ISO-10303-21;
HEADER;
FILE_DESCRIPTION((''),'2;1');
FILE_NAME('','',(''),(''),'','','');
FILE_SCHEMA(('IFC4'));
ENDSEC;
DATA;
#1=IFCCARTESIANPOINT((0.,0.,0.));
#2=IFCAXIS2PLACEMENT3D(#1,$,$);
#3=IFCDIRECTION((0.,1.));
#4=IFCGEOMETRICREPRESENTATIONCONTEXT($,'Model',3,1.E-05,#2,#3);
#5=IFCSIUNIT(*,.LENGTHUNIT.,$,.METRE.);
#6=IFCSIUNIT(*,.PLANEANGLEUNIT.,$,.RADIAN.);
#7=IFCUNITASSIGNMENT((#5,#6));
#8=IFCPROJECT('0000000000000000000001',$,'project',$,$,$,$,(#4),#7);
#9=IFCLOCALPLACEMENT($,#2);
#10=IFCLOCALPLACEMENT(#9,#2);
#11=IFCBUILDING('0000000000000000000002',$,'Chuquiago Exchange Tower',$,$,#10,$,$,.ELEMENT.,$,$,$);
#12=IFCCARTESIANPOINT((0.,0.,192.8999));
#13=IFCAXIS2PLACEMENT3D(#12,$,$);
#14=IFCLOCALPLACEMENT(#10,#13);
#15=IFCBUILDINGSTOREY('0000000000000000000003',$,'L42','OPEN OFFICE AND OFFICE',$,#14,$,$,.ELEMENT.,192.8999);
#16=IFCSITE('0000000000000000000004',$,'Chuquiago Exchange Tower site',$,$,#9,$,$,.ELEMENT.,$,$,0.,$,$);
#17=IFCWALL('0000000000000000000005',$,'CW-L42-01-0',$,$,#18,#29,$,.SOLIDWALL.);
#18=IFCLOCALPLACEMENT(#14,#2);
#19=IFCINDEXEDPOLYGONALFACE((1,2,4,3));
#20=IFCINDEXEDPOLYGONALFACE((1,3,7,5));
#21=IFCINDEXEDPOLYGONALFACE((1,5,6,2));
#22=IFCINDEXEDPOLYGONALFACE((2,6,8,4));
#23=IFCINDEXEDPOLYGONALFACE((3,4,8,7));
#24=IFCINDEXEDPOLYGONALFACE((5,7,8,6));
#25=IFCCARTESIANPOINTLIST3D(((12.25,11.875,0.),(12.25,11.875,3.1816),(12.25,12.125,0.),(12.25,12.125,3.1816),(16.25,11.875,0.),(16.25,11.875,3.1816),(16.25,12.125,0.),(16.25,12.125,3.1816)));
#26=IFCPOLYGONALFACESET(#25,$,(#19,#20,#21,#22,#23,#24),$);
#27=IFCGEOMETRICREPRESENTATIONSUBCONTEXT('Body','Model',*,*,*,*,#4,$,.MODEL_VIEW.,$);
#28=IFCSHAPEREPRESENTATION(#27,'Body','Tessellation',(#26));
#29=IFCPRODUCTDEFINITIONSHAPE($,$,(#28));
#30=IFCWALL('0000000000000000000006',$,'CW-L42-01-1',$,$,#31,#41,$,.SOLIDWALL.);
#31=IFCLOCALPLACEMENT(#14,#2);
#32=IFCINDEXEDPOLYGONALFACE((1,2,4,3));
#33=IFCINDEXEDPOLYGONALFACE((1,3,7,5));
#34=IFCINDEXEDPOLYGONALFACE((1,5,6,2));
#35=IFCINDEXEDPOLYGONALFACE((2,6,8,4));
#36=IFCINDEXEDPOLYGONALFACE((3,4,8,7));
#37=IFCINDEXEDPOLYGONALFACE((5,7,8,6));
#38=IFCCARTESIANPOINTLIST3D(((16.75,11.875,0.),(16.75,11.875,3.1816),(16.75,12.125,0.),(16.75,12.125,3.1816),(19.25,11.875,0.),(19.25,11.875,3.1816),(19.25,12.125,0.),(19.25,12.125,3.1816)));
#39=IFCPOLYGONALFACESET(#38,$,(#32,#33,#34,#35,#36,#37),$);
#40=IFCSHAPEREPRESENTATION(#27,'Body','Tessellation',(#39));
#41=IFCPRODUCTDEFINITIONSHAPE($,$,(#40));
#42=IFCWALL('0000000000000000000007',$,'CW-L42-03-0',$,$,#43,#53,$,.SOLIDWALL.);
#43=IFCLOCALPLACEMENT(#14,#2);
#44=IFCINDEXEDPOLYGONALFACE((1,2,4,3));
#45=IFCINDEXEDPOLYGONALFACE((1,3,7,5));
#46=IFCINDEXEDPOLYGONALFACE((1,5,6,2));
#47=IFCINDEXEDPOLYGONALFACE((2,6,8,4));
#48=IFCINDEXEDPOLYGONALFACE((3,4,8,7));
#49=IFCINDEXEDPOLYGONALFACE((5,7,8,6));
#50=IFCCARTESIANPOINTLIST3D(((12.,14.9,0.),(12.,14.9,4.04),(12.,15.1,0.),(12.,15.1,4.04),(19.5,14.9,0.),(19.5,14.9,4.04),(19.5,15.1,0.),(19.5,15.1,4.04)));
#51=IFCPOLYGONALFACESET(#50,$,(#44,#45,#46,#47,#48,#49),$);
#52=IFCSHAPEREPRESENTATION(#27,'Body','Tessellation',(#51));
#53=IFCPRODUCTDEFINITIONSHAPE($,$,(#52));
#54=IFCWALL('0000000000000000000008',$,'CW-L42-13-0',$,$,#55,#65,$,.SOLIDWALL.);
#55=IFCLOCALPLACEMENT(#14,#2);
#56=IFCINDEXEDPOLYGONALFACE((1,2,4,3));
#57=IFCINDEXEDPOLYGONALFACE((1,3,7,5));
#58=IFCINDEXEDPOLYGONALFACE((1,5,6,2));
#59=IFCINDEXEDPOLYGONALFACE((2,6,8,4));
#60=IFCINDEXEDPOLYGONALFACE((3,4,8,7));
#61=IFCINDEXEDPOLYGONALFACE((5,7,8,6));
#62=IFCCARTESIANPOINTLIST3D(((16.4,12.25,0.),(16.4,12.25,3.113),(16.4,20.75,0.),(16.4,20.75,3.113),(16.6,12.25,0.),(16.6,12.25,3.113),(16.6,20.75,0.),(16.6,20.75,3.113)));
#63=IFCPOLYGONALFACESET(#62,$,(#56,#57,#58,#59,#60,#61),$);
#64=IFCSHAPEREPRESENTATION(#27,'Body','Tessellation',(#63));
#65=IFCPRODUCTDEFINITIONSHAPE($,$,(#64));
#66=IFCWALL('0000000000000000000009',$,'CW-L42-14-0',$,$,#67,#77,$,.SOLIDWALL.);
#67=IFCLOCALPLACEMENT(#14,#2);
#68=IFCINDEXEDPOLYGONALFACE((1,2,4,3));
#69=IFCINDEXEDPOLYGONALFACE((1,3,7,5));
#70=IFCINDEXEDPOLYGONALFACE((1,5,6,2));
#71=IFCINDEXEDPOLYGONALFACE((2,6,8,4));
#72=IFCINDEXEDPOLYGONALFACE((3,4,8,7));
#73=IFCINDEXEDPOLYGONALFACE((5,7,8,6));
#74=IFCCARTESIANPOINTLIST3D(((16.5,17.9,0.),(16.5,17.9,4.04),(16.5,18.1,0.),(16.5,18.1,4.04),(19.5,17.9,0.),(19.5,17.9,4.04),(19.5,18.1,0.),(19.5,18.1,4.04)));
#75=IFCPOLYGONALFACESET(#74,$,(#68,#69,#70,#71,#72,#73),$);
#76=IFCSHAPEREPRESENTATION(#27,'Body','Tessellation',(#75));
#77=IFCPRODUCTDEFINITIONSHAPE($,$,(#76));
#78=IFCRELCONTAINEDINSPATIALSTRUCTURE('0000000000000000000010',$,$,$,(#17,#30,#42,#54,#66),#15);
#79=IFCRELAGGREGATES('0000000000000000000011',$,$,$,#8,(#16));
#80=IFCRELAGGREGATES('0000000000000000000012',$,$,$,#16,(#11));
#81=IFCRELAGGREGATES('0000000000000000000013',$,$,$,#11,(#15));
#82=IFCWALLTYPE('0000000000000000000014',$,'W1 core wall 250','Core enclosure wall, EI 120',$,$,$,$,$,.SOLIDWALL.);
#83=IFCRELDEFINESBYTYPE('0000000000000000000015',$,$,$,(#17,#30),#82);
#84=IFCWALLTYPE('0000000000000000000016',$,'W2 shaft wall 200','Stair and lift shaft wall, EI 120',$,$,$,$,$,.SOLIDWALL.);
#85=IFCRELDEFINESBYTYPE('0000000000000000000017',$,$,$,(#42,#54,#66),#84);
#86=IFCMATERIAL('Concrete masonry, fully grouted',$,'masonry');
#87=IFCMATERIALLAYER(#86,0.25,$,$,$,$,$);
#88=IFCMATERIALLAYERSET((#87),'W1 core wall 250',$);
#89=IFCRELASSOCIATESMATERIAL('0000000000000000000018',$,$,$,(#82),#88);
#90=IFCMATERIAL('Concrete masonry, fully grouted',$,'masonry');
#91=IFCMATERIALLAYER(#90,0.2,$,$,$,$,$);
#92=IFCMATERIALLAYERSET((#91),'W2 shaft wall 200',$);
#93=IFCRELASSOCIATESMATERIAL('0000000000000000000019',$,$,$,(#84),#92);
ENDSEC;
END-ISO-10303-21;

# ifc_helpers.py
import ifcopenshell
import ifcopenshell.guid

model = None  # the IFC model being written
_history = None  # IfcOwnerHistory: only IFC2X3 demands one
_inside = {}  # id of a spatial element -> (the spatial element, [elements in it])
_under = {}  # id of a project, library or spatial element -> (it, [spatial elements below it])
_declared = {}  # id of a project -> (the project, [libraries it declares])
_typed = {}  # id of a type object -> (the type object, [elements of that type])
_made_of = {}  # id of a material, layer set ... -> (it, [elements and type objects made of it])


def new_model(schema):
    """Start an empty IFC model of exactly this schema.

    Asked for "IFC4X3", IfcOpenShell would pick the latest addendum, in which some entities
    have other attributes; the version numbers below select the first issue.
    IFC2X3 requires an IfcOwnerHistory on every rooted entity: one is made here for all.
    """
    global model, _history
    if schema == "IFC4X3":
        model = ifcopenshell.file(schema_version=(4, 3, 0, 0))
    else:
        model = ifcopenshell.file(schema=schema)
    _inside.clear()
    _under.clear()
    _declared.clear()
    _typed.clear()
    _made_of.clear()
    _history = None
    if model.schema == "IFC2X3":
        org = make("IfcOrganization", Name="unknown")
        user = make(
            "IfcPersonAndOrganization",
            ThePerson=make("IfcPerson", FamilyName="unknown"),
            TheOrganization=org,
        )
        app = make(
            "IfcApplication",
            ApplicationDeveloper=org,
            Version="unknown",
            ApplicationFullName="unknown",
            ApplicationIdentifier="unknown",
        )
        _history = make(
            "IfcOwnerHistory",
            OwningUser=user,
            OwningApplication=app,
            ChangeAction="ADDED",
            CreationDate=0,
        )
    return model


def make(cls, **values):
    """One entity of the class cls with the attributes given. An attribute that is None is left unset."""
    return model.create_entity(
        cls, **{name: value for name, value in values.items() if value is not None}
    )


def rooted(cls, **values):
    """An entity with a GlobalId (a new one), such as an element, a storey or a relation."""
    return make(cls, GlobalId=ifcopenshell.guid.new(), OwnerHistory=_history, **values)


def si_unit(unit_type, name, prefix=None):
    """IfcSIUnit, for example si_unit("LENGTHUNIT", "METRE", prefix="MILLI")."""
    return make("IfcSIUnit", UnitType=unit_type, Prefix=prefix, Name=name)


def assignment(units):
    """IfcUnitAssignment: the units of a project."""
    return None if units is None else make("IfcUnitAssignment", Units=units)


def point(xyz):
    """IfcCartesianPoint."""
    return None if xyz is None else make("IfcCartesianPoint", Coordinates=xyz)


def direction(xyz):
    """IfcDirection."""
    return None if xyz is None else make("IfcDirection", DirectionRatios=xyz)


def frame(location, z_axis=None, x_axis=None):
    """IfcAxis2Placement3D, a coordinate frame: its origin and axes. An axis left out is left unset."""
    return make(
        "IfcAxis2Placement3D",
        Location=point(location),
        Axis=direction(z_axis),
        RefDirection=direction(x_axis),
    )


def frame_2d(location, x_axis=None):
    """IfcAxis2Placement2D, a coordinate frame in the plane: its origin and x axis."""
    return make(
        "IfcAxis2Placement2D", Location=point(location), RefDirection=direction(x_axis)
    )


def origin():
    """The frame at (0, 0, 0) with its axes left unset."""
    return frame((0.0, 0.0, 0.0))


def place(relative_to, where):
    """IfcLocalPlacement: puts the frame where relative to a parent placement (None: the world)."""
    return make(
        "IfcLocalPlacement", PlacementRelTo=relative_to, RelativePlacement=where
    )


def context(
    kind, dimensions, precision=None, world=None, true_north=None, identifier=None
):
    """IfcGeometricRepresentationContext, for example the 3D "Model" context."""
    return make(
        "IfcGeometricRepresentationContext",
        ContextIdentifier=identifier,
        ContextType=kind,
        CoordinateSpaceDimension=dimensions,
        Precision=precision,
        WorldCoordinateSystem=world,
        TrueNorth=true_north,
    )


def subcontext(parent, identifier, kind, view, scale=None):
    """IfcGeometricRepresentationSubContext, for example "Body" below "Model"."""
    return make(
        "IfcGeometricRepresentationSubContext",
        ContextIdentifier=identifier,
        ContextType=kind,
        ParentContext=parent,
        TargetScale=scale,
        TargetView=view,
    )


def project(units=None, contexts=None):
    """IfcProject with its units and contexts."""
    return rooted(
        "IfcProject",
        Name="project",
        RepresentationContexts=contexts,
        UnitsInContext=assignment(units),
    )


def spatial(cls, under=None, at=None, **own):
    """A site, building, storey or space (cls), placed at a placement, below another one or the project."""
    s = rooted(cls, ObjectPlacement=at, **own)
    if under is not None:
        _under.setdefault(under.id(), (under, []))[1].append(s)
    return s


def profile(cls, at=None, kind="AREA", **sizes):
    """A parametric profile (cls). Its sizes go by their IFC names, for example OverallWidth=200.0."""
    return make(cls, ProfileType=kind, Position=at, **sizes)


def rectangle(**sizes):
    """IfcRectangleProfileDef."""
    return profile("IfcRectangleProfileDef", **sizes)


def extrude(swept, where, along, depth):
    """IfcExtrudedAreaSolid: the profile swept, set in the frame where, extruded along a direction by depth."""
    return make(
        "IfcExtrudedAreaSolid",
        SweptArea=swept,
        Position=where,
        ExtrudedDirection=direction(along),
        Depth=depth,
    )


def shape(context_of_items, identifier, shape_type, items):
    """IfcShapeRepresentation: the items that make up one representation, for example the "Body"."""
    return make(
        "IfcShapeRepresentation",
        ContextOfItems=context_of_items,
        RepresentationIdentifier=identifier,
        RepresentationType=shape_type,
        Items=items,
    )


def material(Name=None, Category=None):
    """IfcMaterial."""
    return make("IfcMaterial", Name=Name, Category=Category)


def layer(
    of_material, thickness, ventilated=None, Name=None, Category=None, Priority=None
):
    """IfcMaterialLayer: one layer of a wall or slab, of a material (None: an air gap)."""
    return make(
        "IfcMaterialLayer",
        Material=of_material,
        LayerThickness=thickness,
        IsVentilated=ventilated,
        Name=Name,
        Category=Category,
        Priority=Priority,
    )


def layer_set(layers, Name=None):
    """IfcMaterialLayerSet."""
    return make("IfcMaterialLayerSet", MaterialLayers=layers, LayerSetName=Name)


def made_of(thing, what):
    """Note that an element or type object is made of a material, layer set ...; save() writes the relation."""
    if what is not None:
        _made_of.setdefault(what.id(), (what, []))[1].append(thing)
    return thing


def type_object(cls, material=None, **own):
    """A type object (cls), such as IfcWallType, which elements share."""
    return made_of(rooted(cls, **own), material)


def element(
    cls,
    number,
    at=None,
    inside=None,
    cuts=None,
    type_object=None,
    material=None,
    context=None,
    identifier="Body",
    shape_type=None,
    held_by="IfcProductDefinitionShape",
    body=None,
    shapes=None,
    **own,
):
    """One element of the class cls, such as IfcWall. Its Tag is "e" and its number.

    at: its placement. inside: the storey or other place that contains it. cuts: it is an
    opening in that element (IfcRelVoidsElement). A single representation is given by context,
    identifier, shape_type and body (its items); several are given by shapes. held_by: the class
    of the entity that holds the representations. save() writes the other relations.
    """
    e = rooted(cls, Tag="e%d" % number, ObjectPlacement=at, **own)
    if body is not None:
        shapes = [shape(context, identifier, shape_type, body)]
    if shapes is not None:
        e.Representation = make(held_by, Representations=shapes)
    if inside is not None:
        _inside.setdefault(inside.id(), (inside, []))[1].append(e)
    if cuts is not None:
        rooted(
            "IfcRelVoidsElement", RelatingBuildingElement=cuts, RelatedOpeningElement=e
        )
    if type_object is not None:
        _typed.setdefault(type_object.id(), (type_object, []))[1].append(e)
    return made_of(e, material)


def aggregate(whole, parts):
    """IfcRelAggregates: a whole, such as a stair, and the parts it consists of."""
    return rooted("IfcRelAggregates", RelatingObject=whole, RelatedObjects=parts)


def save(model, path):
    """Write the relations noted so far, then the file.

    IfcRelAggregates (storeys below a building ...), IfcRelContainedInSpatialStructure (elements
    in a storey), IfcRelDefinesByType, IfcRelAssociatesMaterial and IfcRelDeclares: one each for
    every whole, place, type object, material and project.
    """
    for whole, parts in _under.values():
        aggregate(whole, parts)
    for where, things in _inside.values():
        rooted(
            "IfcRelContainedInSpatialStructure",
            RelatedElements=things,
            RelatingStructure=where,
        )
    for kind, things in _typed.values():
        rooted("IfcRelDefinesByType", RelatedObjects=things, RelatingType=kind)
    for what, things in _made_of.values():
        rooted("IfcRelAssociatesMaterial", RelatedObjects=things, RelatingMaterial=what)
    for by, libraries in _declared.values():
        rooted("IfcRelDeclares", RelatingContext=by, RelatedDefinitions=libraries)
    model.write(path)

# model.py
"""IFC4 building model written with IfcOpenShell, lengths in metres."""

from ifc_helpers import new_model, si_unit, direction, frame, frame_2d, origin, place, context, subcontext, project, spatial, rectangle, extrude, material, layer, layer_set, type_object, element, save


model = new_model("IFC4")

# Units and contexts
model_context = context("Model", 3, precision=1e-05, world=origin(), true_north=direction((0.0, 1.0)))
body_context = subcontext(model_context, "Body", "Model", "MODEL_VIEW")
ifc_project = project(units=[si_unit("LENGTHUNIT", "METRE"), si_unit("PLANEANGLEUNIT", "RADIAN")], contexts=[model_context])

# Site, building, storey
site_placement = place(None, origin())
site = spatial("IfcSite", under=ifc_project, at=site_placement, Name="Chuquiago Exchange Tower site", CompositionType="ELEMENT", RefElevation=0.0)
building_placement = place(site_placement, origin())
building = spatial("IfcBuilding", under=site, at=building_placement, Name="Chuquiago Exchange Tower", CompositionType="ELEMENT")
storey_placement = place(building_placement, frame((0.0, 0.0, 192.8999)))
storey = spatial("IfcBuildingStorey", under=building, at=storey_placement, Name="L42", Description="OPEN OFFICE AND OFFICE", CompositionType="ELEMENT", Elevation=192.8999)

# Shared definitions
ifc_material_1 = material(Name="Concrete masonry, fully grouted", Category="masonry")
ifc_layer_1 = layer(ifc_material_1, 0.25)
ifc_layer_set_1 = layer_set([ifc_layer_1], Name="W1 core wall 250")
wall_type_1 = type_object("IfcWallType", Name="W1 core wall 250", Description="Core enclosure wall, EI 120", PredefinedType="SOLIDWALL", material=ifc_layer_set_1)

# Walls
wall_1_placement = place(storey_placement, frame((12.25, 12.0, 0.0), z_axis=(0.0, 0.0, 1.0), x_axis=(1.0, 0.0, 0.0)))
element("IfcWall", 1, at=wall_1_placement, inside=storey, type_object=wall_type_1, Name="CW-L42-01-0", PredefinedType="SOLIDWALL", context=body_context, shape_type="SweptSolid", body=[
    extrude(rectangle(XDim=4.0, YDim=0.25, at=frame_2d((2.0, 0.0))), origin(), (0.0, 0.0, 1.0), 3.1816),
])
wall_2_placement = place(storey_placement, frame((16.75, 12.0, 0.0), z_axis=(0.0, 0.0, 1.0), x_axis=(1.0, 0.0, 0.0)))
element("IfcWall", 2, at=wall_2_placement, inside=storey, type_object=wall_type_1, Name="CW-L42-01-1", PredefinedType="SOLIDWALL", context=body_context, shape_type="SweptSolid", body=[
    extrude(rectangle(XDim=2.5, YDim=0.25, at=frame_2d((1.25, 0.0))), origin(), (0.0, 0.0, 1.0), 3.1816),
])
ifc_material_2 = material(Name="Concrete masonry, fully grouted", Category="masonry")
ifc_layer_2 = layer(ifc_material_2, 0.2)
ifc_layer_set_2 = layer_set([ifc_layer_2], Name="W2 shaft wall 200")
wall_type_2 = type_object("IfcWallType", Name="W2 shaft wall 200", Description="Stair and lift shaft wall, EI 120", PredefinedType="SOLIDWALL", material=ifc_layer_set_2)
wall_3_placement = place(storey_placement, frame((12.0, 15.0, 0.0), z_axis=(0.0, 0.0, 1.0), x_axis=(1.0, 0.0, 0.0)))
element("IfcWall", 3, at=wall_3_placement, inside=storey, type_object=wall_type_2, Name="CW-L42-03-0", PredefinedType="SOLIDWALL", context=body_context, shape_type="SweptSolid", body=[
    extrude(rectangle(XDim=7.5, YDim=0.2, at=frame_2d((3.75, 0.0))), origin(), (0.0, 0.0, 1.0), 4.04),
])
wall_4_placement = place(storey_placement, frame((16.5, 12.25, 0.0), z_axis=(0.0, 0.0, 1.0), x_axis=(0.0, 1.0, 0.0)))
element("IfcWall", 4, at=wall_4_placement, inside=storey, type_object=wall_type_2, Name="CW-L42-13-0", PredefinedType="SOLIDWALL", context=body_context, shape_type="SweptSolid", body=[
    extrude(rectangle(XDim=8.5, YDim=0.2, at=frame_2d((4.25, 0.0))), origin(), (0.0, 0.0, 1.0), 3.113),
])
wall_5_placement = place(storey_placement, frame((16.5, 18.0, 0.0), z_axis=(0.0, 0.0, 1.0), x_axis=(1.0, 0.0, 0.0)))
element("IfcWall", 5, at=wall_5_placement, inside=storey, type_object=wall_type_2, Name="CW-L42-14-0", PredefinedType="SOLIDWALL", context=body_context, shape_type="SweptSolid", body=[
    extrude(rectangle(XDim=3.0, YDim=0.2, at=frame_2d((1.5, 0.0))), origin(), (0.0, 0.0, 1.0), 4.04),
])

save(model, "model.ifc")
